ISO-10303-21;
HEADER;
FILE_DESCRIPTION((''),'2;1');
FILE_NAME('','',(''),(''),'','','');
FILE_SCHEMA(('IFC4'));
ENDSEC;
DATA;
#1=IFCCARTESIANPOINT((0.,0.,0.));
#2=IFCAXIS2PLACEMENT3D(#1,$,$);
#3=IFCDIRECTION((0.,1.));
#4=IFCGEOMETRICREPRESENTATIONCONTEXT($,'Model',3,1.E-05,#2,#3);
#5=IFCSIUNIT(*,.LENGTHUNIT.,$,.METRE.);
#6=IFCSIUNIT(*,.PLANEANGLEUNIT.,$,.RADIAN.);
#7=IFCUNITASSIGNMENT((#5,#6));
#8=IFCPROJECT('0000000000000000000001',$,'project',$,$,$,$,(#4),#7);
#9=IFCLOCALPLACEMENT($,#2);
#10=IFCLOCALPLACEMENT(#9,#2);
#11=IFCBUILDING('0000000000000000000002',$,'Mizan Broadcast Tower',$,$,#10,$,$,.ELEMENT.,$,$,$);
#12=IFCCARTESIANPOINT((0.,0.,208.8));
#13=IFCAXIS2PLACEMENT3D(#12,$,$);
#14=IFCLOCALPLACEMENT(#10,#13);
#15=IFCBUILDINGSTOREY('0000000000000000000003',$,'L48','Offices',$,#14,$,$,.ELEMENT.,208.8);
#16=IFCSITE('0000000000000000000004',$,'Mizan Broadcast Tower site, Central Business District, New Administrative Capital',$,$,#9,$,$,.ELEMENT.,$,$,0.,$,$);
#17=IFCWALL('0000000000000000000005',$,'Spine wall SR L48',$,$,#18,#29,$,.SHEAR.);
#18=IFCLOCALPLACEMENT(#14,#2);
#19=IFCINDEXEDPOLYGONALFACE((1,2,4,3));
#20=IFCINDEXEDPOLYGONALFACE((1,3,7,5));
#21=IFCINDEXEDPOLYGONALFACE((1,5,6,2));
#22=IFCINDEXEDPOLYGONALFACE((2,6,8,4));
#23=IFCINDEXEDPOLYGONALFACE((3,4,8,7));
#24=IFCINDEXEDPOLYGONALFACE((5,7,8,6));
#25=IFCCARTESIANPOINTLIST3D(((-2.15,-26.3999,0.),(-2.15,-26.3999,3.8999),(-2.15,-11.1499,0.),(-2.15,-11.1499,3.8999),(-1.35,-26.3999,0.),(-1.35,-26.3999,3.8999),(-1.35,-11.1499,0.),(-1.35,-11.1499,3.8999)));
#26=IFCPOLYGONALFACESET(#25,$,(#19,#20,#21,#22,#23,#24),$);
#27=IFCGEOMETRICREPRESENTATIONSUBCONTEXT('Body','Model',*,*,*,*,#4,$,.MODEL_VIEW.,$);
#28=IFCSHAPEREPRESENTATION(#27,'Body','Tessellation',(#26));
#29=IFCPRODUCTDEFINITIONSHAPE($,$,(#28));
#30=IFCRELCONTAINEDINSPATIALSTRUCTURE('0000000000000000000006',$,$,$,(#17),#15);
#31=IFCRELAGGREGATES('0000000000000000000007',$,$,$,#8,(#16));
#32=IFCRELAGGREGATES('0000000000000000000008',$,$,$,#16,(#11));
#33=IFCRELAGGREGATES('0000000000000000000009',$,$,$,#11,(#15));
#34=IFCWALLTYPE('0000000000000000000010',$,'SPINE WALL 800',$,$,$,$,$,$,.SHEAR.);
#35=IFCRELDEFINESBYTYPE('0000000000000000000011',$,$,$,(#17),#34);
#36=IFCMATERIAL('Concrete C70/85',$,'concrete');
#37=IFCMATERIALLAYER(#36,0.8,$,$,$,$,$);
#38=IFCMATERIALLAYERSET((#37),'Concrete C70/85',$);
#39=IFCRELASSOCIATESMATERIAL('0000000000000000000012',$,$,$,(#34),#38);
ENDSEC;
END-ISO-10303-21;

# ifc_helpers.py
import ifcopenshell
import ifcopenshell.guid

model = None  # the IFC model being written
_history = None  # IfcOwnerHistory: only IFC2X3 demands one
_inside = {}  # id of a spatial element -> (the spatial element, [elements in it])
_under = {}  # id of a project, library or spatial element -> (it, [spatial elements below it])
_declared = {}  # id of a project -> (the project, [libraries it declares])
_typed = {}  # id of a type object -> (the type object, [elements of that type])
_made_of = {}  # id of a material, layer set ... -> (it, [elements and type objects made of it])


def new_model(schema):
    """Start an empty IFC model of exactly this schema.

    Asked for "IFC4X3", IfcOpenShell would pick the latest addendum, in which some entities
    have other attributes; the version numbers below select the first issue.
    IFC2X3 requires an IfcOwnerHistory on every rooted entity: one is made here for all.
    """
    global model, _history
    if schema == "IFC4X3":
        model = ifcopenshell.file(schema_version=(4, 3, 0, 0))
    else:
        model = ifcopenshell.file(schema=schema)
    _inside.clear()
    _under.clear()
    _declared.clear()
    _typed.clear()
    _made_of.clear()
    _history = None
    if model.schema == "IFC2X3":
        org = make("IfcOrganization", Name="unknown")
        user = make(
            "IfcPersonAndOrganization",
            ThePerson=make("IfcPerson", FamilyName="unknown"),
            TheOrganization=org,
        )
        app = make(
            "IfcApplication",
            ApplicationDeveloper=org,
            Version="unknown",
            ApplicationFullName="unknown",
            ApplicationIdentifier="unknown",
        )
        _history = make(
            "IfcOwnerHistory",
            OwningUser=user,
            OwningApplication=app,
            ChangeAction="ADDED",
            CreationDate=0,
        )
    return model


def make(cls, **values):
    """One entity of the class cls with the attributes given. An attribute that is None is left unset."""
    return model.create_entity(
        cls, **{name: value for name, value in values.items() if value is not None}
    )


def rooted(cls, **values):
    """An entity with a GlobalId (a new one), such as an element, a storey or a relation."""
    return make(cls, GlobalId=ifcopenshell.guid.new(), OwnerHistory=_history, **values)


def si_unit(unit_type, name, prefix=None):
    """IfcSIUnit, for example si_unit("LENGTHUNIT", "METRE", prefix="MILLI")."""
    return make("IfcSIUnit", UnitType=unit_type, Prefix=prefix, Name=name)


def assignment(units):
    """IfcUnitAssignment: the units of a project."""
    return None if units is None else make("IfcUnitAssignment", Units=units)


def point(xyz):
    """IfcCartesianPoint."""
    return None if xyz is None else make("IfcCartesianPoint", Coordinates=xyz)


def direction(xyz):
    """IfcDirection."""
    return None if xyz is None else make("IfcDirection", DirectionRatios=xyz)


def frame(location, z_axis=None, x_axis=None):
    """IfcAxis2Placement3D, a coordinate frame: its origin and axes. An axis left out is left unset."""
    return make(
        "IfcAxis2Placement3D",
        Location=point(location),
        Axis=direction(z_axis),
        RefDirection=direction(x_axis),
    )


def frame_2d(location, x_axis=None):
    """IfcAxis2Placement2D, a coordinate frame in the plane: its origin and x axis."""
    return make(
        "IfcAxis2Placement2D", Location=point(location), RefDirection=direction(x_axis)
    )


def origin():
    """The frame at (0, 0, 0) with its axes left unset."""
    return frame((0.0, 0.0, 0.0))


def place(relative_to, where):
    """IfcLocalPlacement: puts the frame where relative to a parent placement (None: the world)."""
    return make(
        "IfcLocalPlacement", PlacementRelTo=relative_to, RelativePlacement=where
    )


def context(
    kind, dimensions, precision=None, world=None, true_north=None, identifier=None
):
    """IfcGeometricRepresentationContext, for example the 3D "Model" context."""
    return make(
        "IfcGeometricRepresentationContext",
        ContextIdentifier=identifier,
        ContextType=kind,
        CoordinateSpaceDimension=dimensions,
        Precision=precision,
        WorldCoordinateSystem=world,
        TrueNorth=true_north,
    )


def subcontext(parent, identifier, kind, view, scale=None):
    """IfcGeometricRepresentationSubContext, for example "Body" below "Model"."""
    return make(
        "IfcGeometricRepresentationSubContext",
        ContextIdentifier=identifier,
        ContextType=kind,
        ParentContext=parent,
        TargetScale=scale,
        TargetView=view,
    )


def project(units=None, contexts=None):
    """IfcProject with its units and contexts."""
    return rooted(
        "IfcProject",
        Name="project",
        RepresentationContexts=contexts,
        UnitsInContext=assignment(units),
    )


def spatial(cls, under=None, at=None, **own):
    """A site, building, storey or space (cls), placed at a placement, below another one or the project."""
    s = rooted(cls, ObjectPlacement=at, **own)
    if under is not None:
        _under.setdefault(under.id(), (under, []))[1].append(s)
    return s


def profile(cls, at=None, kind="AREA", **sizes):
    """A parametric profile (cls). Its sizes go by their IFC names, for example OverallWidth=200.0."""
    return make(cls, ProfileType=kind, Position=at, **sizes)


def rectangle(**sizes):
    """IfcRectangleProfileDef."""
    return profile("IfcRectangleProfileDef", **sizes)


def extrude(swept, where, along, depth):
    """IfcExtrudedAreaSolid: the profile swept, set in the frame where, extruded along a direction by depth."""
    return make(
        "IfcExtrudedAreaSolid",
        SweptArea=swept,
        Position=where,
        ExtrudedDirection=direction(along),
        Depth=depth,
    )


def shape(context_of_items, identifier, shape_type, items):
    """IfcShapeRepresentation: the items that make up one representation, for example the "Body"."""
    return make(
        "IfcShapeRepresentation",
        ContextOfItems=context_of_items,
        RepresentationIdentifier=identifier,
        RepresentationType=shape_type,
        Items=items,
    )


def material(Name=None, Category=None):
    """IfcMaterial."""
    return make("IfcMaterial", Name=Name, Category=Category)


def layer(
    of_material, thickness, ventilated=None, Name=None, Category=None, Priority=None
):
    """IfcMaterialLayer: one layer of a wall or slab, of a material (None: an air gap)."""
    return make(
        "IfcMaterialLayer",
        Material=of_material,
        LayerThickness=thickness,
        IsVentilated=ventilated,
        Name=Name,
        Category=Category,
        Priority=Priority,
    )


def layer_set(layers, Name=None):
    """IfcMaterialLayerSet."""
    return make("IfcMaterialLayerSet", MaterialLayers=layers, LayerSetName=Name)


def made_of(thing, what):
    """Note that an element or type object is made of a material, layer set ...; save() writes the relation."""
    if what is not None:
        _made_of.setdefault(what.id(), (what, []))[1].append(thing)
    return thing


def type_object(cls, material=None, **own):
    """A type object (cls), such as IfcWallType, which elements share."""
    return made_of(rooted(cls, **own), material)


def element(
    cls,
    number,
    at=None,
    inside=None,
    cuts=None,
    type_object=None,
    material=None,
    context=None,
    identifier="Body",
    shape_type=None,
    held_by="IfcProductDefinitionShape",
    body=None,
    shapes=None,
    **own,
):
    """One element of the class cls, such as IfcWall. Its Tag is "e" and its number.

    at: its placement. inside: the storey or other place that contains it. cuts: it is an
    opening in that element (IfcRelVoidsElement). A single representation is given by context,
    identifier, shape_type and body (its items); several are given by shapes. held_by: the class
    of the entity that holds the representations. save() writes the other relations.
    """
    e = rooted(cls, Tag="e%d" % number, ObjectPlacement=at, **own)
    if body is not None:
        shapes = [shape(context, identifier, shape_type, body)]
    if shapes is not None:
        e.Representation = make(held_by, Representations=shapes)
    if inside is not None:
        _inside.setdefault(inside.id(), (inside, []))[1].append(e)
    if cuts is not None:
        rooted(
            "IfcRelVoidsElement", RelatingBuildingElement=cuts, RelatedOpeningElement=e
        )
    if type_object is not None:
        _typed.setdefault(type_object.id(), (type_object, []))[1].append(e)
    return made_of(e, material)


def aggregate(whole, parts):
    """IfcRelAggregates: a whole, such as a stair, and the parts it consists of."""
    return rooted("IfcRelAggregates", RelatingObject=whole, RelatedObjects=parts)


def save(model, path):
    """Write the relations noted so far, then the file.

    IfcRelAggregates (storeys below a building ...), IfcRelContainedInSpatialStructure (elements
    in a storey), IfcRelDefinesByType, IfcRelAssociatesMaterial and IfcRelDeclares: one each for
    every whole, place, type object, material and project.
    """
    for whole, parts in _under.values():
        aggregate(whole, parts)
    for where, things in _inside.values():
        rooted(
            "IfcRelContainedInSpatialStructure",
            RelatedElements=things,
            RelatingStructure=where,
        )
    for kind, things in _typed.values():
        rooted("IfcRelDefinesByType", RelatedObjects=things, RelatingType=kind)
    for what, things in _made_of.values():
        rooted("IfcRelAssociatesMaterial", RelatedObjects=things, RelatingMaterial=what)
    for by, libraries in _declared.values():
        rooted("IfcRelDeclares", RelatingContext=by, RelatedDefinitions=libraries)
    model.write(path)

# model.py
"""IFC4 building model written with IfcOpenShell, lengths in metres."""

from ifc_helpers import new_model, si_unit, direction, frame, frame_2d, origin, place, context, subcontext, project, spatial, rectangle, extrude, material, layer, layer_set, type_object, element, save


model = new_model("IFC4")

# Units and contexts
model_context = context("Model", 3, precision=1e-05, world=origin(), true_north=direction((0.0, 1.0)))
body_context = subcontext(model_context, "Body", "Model", "MODEL_VIEW")
ifc_project = project(units=[si_unit("LENGTHUNIT", "METRE"), si_unit("PLANEANGLEUNIT", "RADIAN")], contexts=[model_context])

# Site, building, storey
site_placement = place(None, origin())
site = spatial("IfcSite", under=ifc_project, at=site_placement, Name="Mizan Broadcast Tower site, Central Business District, New Administrative Capital", CompositionType="ELEMENT", RefElevation=0.0)
building_placement = place(site_placement, origin())
building = spatial("IfcBuilding", under=site, at=building_placement, Name="Mizan Broadcast Tower", CompositionType="ELEMENT")
storey_placement = place(building_placement, frame((0.0, 0.0, 208.8)))
storey = spatial("IfcBuildingStorey", under=building, at=storey_placement, Name="L48", Description="Offices", CompositionType="ELEMENT", Elevation=208.8)

# Wall
ifc_material_1 = material(Name="Concrete C70/85", Category="concrete")
ifc_layer_1 = layer(ifc_material_1, 0.8)
ifc_layer_set_1 = layer_set([ifc_layer_1], Name="Concrete C70/85")
wall_type_1 = type_object("IfcWallType", Name="SPINE WALL 800", PredefinedType="SHEAR", material=ifc_layer_set_1)
wall_1_placement = place(storey_placement, frame((-1.75, -11.1499, 0.0), z_axis=(0.0, 0.0, 1.0), x_axis=(0.0, -1.0, 0.0)))
element("IfcWall", 1, at=wall_1_placement, inside=storey, type_object=wall_type_1, Name="Spine wall SR L48", PredefinedType="SHEAR", context=body_context, shape_type="SweptSolid", body=[
    extrude(rectangle(XDim=15.25, YDim=0.8, at=frame_2d((7.625, 0.0))), origin(), (0.0, 0.0, 1.0), 3.8999),
])

save(model, "model.ifc")
